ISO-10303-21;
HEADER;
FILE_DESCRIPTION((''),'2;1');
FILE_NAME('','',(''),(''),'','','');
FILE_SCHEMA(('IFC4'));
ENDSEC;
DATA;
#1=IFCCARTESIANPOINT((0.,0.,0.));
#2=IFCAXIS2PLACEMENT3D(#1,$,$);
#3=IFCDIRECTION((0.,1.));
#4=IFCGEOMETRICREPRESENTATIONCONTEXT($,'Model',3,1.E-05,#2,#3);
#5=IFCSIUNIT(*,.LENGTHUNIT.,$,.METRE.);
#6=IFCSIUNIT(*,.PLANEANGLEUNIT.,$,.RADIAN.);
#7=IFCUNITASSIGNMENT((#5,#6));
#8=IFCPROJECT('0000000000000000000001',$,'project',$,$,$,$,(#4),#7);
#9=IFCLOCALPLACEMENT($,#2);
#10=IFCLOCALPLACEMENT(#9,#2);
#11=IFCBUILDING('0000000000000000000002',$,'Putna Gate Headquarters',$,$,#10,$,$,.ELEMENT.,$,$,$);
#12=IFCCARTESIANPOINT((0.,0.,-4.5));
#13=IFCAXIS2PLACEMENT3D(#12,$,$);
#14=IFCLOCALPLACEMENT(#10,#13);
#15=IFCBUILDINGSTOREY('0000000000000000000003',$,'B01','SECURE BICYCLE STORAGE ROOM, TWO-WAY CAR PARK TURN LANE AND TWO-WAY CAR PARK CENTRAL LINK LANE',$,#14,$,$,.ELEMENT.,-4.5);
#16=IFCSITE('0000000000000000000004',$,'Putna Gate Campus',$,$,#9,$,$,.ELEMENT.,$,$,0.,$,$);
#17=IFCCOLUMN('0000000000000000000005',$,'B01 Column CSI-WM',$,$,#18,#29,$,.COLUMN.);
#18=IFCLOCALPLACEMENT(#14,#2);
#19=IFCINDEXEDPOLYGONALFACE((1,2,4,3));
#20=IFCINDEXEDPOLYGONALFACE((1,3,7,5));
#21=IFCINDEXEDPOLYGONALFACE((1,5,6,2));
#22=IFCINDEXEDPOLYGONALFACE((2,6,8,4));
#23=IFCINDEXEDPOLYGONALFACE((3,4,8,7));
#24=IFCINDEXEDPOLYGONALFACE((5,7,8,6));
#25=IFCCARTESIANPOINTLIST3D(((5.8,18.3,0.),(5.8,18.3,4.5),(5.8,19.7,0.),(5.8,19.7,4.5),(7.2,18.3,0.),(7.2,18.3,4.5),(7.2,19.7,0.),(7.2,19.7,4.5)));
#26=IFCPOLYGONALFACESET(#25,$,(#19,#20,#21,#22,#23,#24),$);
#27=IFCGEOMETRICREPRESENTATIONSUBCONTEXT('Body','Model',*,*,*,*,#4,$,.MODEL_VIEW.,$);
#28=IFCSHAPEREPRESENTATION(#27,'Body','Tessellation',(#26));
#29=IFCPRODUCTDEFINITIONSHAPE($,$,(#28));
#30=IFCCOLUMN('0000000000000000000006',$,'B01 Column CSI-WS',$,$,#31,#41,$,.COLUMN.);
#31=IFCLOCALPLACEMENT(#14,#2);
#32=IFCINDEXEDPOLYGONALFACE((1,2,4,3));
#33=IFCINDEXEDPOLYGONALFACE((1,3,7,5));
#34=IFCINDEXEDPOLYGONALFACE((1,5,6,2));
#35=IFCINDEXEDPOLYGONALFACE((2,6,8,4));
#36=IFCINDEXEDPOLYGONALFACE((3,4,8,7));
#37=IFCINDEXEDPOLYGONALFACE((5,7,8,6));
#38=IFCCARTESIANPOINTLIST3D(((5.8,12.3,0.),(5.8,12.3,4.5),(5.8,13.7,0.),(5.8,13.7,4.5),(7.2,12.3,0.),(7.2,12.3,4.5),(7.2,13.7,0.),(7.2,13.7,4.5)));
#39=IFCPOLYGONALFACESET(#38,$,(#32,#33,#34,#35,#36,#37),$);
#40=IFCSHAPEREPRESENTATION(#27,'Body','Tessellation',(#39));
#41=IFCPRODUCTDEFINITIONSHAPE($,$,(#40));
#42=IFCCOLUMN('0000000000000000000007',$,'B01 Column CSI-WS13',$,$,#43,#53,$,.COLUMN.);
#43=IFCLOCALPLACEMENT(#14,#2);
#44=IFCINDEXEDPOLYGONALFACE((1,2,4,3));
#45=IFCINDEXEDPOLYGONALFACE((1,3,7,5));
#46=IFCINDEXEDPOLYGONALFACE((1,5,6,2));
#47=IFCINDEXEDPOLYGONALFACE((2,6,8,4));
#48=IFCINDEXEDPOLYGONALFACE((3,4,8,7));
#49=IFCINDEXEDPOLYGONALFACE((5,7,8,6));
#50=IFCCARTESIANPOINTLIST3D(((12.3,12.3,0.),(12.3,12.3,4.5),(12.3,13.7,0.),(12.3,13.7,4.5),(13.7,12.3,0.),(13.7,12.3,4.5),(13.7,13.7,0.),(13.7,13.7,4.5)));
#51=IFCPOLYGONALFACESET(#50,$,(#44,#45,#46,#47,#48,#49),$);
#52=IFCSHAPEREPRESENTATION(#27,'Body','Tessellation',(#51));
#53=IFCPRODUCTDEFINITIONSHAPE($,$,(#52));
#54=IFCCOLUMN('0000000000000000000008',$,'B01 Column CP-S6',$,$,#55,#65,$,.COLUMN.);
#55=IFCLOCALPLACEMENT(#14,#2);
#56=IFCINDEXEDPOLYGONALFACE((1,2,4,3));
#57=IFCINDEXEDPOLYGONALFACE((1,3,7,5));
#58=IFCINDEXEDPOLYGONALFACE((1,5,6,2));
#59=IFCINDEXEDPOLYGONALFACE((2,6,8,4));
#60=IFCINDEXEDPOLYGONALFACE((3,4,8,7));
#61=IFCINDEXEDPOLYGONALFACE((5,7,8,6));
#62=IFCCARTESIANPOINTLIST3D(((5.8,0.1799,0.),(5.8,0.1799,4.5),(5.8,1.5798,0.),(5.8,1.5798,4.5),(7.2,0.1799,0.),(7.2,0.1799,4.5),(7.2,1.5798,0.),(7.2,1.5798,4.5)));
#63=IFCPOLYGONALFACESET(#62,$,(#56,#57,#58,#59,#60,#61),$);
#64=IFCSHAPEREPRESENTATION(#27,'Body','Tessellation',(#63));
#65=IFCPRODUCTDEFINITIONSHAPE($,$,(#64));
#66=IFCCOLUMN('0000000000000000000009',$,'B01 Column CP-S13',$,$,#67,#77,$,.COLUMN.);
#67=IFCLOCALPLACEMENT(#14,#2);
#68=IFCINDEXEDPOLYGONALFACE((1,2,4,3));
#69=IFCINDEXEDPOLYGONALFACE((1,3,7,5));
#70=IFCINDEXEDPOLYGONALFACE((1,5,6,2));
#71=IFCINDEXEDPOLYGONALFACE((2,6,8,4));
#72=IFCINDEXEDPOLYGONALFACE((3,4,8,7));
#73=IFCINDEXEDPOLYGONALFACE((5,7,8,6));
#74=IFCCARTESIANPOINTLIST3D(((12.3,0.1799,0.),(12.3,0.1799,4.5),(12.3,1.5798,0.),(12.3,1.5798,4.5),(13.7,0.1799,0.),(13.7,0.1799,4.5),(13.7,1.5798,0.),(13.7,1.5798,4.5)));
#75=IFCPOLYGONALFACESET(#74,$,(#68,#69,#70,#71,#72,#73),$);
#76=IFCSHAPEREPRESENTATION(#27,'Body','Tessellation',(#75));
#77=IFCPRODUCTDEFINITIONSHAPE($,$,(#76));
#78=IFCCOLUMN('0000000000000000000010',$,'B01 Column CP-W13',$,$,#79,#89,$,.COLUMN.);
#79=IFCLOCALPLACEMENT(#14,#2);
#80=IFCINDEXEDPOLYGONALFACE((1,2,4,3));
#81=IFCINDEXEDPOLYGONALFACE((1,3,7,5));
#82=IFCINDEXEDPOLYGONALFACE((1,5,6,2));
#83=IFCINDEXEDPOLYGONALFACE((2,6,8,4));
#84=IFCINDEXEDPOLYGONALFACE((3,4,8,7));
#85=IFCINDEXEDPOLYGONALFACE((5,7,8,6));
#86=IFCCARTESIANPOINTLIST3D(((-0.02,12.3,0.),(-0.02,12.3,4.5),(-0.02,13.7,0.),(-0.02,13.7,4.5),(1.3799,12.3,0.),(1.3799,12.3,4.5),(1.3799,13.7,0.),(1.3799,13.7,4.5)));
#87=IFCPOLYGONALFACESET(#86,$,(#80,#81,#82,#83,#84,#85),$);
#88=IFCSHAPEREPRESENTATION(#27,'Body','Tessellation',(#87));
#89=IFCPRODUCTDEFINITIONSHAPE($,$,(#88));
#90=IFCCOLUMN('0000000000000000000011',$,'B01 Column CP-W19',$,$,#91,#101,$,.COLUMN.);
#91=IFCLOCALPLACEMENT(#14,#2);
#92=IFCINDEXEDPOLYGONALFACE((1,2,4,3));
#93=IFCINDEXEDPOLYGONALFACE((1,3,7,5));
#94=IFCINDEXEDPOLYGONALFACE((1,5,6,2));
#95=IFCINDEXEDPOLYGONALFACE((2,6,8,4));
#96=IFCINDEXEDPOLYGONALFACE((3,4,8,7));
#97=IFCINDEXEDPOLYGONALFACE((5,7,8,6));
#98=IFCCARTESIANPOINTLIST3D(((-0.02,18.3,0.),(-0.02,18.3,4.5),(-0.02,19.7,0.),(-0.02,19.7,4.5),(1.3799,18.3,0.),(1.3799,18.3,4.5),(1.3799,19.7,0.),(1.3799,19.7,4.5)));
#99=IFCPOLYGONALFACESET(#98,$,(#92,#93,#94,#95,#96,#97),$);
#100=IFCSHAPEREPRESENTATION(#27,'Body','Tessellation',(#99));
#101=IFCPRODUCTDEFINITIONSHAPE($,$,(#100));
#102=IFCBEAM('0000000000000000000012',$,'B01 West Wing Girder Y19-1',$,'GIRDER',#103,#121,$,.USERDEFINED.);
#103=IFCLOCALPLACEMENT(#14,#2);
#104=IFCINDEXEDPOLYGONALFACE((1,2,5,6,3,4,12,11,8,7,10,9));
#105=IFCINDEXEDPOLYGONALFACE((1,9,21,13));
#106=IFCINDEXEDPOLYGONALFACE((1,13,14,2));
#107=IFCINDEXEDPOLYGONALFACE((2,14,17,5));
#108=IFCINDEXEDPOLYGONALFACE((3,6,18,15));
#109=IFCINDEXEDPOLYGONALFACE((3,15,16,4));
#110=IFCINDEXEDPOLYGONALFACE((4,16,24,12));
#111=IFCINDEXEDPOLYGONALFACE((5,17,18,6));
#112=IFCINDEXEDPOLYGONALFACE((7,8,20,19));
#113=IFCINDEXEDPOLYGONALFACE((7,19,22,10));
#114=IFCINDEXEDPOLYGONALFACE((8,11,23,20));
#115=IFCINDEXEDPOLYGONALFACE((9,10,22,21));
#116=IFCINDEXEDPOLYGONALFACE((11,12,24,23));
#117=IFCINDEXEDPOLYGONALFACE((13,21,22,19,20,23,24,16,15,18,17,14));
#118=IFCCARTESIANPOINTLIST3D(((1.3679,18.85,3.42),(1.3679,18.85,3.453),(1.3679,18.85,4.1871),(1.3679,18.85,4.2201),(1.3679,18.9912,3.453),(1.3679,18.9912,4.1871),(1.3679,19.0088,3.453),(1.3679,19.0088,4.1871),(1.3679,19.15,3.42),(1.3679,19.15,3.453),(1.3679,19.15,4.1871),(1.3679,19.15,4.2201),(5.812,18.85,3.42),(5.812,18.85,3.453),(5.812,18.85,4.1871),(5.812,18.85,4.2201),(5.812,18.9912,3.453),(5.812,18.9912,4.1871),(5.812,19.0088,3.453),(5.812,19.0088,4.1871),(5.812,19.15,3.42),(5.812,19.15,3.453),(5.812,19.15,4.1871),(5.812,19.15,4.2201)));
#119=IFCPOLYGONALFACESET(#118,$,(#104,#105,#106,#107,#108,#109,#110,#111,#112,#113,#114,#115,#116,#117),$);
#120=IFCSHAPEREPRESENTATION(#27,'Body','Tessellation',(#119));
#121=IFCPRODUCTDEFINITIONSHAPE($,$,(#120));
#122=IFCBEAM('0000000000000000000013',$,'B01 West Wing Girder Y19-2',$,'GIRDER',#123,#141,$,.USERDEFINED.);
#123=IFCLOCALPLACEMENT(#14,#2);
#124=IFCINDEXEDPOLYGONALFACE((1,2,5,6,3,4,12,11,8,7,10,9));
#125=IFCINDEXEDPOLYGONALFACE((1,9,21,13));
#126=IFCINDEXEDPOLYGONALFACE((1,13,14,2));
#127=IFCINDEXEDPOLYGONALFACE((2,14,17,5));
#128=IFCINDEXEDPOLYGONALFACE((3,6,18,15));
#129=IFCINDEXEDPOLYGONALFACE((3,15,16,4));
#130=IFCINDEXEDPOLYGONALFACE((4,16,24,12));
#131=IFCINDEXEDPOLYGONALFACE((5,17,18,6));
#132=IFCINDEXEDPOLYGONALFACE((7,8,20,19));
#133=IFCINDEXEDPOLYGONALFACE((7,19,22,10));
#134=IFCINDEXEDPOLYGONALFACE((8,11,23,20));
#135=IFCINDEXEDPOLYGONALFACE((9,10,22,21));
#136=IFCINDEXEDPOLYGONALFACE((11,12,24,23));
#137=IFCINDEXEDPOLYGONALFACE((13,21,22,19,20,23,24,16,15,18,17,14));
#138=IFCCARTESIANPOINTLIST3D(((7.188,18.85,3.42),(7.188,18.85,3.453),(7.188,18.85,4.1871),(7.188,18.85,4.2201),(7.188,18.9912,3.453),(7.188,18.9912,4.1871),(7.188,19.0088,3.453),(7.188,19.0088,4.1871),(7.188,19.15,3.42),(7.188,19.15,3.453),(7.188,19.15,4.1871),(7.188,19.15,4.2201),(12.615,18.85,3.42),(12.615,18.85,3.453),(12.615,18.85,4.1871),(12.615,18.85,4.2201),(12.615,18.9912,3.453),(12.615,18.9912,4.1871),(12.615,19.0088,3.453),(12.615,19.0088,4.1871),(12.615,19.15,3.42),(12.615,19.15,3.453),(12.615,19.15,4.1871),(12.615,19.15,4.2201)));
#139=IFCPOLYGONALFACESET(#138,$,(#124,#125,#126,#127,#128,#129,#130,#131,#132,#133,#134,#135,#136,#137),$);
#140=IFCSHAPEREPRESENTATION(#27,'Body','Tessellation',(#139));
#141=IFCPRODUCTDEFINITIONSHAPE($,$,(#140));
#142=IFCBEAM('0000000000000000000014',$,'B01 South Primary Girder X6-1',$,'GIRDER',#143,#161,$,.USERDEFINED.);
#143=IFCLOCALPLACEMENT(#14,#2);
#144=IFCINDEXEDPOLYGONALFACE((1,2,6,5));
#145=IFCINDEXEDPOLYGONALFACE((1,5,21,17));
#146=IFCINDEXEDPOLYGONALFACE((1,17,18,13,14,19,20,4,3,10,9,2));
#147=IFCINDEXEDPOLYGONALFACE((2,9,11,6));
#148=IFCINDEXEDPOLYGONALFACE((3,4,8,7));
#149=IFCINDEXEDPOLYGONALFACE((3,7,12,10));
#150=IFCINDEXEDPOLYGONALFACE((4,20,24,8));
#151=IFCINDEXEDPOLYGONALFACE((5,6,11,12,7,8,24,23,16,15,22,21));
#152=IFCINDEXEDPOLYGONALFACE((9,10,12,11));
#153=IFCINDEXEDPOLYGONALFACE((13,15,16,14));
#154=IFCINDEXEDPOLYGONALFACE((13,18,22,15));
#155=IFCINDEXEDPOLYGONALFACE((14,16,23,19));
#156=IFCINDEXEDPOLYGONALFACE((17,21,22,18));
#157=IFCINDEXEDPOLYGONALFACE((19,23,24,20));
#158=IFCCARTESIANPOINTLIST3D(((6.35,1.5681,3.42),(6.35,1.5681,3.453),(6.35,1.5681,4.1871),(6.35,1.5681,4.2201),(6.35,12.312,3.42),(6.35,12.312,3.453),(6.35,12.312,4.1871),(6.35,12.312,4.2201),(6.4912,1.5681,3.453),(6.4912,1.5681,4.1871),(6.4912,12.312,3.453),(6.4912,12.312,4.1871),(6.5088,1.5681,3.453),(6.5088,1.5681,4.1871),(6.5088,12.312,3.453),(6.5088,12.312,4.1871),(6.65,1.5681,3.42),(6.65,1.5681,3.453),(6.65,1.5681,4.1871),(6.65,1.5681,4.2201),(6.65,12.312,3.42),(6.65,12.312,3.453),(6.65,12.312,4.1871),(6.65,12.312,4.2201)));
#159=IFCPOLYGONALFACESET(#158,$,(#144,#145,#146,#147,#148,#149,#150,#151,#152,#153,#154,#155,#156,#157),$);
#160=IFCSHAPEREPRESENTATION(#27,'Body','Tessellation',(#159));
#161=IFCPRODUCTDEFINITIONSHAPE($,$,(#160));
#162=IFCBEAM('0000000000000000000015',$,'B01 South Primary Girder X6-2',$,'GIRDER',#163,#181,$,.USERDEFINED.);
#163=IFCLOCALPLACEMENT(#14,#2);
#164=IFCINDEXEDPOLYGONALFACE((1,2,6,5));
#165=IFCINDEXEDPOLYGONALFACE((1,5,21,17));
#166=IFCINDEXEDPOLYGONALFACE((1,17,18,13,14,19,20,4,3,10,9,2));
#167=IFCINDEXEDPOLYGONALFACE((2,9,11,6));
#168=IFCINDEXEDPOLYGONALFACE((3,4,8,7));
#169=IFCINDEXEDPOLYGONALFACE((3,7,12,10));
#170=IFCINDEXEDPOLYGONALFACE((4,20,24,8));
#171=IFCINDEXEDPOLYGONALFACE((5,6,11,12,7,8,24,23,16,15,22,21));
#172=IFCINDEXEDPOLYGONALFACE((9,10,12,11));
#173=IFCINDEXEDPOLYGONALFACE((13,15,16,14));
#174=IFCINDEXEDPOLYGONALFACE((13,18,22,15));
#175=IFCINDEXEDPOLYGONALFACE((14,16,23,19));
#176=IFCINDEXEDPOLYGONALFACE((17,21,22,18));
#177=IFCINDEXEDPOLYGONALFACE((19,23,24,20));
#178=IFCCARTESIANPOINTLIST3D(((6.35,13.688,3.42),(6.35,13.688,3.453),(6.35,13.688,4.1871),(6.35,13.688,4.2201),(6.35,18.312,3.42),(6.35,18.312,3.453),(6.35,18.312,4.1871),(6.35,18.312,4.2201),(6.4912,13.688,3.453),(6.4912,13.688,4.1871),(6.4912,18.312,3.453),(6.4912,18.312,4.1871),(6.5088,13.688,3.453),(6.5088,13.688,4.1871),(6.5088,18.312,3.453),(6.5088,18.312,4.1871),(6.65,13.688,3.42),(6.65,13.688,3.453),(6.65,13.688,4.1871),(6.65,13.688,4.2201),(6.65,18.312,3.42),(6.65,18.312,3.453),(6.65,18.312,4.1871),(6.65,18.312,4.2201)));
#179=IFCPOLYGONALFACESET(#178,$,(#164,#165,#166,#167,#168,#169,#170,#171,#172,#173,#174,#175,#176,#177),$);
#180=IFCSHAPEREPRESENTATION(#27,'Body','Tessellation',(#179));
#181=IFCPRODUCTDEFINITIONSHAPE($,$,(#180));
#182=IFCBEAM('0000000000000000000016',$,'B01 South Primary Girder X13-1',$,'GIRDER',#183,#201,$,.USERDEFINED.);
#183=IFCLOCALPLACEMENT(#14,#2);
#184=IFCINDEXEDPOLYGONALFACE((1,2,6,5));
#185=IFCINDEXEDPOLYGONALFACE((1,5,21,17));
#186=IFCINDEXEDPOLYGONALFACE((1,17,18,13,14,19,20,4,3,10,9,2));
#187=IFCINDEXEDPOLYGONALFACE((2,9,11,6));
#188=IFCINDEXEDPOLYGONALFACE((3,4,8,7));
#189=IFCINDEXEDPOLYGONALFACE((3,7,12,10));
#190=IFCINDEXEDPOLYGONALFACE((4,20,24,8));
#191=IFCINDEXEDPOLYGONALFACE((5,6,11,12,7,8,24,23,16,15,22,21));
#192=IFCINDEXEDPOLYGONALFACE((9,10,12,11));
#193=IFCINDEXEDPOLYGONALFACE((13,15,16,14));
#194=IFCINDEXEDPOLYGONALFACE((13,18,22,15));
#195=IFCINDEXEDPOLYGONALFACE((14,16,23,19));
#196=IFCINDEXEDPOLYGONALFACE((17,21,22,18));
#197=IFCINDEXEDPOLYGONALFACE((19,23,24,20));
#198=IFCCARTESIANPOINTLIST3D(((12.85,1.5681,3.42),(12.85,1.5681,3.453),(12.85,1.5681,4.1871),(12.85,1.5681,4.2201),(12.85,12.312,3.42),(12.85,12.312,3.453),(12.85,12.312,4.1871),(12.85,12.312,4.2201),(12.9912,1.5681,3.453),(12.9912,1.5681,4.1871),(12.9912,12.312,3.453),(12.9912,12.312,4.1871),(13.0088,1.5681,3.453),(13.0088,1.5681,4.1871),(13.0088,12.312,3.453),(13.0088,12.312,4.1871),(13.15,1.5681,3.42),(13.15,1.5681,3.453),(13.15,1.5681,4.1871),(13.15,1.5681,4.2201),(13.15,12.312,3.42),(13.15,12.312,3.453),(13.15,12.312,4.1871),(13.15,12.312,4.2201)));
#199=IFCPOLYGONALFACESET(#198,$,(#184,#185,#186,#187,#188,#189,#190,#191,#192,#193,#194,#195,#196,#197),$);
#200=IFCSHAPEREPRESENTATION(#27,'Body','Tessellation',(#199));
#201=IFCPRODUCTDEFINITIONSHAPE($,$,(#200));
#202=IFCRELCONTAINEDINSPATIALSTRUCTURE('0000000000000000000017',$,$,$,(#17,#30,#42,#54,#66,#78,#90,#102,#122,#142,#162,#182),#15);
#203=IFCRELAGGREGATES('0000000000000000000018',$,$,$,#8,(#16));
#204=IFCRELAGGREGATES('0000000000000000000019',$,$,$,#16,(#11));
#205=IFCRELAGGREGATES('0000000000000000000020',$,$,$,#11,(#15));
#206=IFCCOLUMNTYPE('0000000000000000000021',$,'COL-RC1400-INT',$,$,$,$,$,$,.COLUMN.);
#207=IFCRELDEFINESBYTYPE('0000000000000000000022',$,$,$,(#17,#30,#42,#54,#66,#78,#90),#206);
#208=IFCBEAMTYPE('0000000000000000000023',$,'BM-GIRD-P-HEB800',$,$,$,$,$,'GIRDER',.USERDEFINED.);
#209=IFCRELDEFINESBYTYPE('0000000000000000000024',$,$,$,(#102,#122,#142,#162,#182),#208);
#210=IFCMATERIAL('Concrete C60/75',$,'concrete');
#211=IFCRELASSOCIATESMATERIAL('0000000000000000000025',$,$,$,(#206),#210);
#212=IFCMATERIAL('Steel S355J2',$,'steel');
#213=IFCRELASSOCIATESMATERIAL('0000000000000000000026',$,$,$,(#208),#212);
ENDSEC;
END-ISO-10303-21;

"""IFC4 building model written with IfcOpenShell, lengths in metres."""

from ifc_helpers import new_model, si_unit, direction, frame, origin, origin_2d, place, context, subcontext, project, spatial, rectangle, i_section, extrude, material, material_profile, profile_set, type_object, element, save


model = new_model("IFC4")

# Units and contexts
model_context = context("Model", 3, precision=1e-05, world=origin(), true_north=direction((0.0, 1.0)))
body_context = subcontext(model_context, "Body", "Model", "MODEL_VIEW")
ifc_project = project(units=[si_unit("LENGTHUNIT", "METRE"), si_unit("PLANEANGLEUNIT", "RADIAN")], contexts=[model_context])

# Site, building, storey
site_placement = place(None, origin())
site = spatial("IfcSite", under=ifc_project, at=site_placement, Name="Putna Gate Campus", CompositionType="ELEMENT", RefElevation=0.0)
building_placement = place(site_placement, origin())
building = spatial("IfcBuilding", under=site, at=building_placement, Name="Putna Gate Headquarters", CompositionType="ELEMENT")
storey_placement = place(building_placement, frame((0.0, 0.0, -4.5)))
storey = spatial("IfcBuildingStorey", under=building, at=storey_placement, Name="B01", Description="SECURE BICYCLE STORAGE ROOM, TWO-WAY CAR PARK TURN LANE AND TWO-WAY CAR PARK CENTRAL LINK LANE", CompositionType="ELEMENT", Elevation=-4.5)

# Columns
ifc_material_1 = material(Name="Concrete C60/75", Category="concrete")
ifc_material_profile_1 = material_profile(ifc_material_1, rectangle(XDim=1.3999, YDim=1.3999, at=origin_2d()), Name="Concrete C60/75")
ifc_profile_set_1 = profile_set([ifc_material_profile_1], Name="Concrete C60/75")
column_type = type_object("IfcColumnType", Name="COL-RC1400-INT", PredefinedType="COLUMN", material=ifc_profile_set_1)
for number, where, z_axis, x_axis, name in (
    (1, (6.5, 19.0, 0.0), (0.0, 0.0, 1.0), (1.0, 0.0, 0.0), "B01 Column CSI-WM"),
    (2, (6.5, 13.0, 0.0), (0.0, 0.0, 1.0), (1.0, 0.0, 0.0), "B01 Column CSI-WS"),
    (3, (13.0, 13.0, 0.0), (0.0, 0.0, 1.0), (1.0, 0.0, 0.0), "B01 Column CSI-WS13"),
    (4, (6.5, 0.8799, 0.0), (0.0, 0.0, 1.0), (1.0, 0.0, 0.0), "B01 Column CP-S6"),
    (5, (13.0, 0.8799, 0.0), (0.0, 0.0, 1.0), (1.0, 0.0, 0.0), "B01 Column CP-S13"),
    (6, (0.6799, 13.0, 0.0), (0.0, 0.0, 1.0), (1.0, 0.0, 0.0), "B01 Column CP-W13"),
    (7, (0.6799, 19.0, 0.0), (0.0, 0.0, 1.0), (1.0, 0.0, 0.0), "B01 Column CP-W19"),
):
    element("IfcColumn", number, at=place(storey_placement, frame(where, z_axis=z_axis, x_axis=x_axis)), inside=storey, type_object=column_type, Name=name, PredefinedType="COLUMN", context=body_context, shape_type="SweptSolid", body=[
        extrude(rectangle(XDim=1.3999, YDim=1.3999, at=origin_2d()), origin(), (0.0, 0.0, 1.0), 4.5),
    ])

# Beams
ifc_material_2 = material(Name="Steel S355J2", Category="steel")
ifc_material_profile_2 = material_profile(ifc_material_2, i_section(OverallWidth=0.3, OverallDepth=0.8, WebThickness=0.0176, FlangeThickness=0.033, at=origin_2d()), Name="Steel S355J2")
ifc_profile_set_2 = profile_set([ifc_material_profile_2], Name="Steel S355J2")
beam_type_1 = type_object("IfcBeamType", Name="BM-GIRD-P-HEB800", ElementType="GIRDER", PredefinedType="USERDEFINED", material=ifc_profile_set_2)
beam_1_placement = place(storey_placement, frame((1.3679, 19.0, 3.8201), z_axis=(1.0, 0.0, 0.0), x_axis=(0.0, 1.0, 0.0)))
element("IfcBeam", 8, at=beam_1_placement, inside=storey, type_object=beam_type_1, Name="B01 West Wing Girder Y19-1", ObjectType="GIRDER", PredefinedType="USERDEFINED", context=body_context, shape_type="SweptSolid", body=[
    extrude(i_section(OverallWidth=0.3, OverallDepth=0.8, WebThickness=0.0176, FlangeThickness=0.033, at=origin_2d()), origin(), (0.0, 0.0, 1.0), 4.4441),
])
beam_2_placement = place(storey_placement, frame((7.188, 19.0, 3.8201), z_axis=(1.0, 0.0, 0.0), x_axis=(0.0, 1.0, 0.0)))
element("IfcBeam", 9, at=beam_2_placement, inside=storey, type_object=beam_type_1, Name="B01 West Wing Girder Y19-2", ObjectType="GIRDER", PredefinedType="USERDEFINED", context=body_context, shape_type="SweptSolid", body=[
    extrude(i_section(OverallWidth=0.3, OverallDepth=0.8, WebThickness=0.0176, FlangeThickness=0.033, at=origin_2d()), origin(), (0.0, 0.0, 1.0), 5.427),
])
beam_3_placement = place(storey_placement, frame((6.5, 1.5681, 3.8201), z_axis=(0.0, 1.0, 0.0), x_axis=(-1.0, 0.0, 0.0)))
element("IfcBeam", 10, at=beam_3_placement, inside=storey, type_object=beam_type_1, Name="B01 South Primary Girder X6-1", ObjectType="GIRDER", PredefinedType="USERDEFINED", context=body_context, shape_type="SweptSolid", body=[
    extrude(i_section(OverallWidth=0.3, OverallDepth=0.8, WebThickness=0.0176, FlangeThickness=0.033, at=origin_2d()), origin(), (0.0, 0.0, 1.0), 10.7439),
])
beam_4_placement = place(storey_placement, frame((6.5, 13.688, 3.8201), z_axis=(0.0, 1.0, 0.0), x_axis=(-1.0, 0.0, 0.0)))
element("IfcBeam", 11, at=beam_4_placement, inside=storey, type_object=beam_type_1, Name="B01 South Primary Girder X6-2", ObjectType="GIRDER", PredefinedType="USERDEFINED", context=body_context, shape_type="SweptSolid", body=[
    extrude(i_section(OverallWidth=0.3, OverallDepth=0.8, WebThickness=0.0176, FlangeThickness=0.033, at=origin_2d()), origin(), (0.0, 0.0, 1.0), 4.624),
])
beam_5_placement = place(storey_placement, frame((13.0, 1.5681, 3.8201), z_axis=(0.0, 1.0, 0.0), x_axis=(-1.0, 0.0, 0.0)))
element("IfcBeam", 12, at=beam_5_placement, inside=storey, type_object=beam_type_1, Name="B01 South Primary Girder X13-1", ObjectType="GIRDER", PredefinedType="USERDEFINED", context=body_context, shape_type="SweptSolid", body=[
    extrude(i_section(OverallWidth=0.3, OverallDepth=0.8, WebThickness=0.0176, FlangeThickness=0.033, at=origin_2d()), origin(), (0.0, 0.0, 1.0), 10.7439),
])

save(model, "model.ifc")
